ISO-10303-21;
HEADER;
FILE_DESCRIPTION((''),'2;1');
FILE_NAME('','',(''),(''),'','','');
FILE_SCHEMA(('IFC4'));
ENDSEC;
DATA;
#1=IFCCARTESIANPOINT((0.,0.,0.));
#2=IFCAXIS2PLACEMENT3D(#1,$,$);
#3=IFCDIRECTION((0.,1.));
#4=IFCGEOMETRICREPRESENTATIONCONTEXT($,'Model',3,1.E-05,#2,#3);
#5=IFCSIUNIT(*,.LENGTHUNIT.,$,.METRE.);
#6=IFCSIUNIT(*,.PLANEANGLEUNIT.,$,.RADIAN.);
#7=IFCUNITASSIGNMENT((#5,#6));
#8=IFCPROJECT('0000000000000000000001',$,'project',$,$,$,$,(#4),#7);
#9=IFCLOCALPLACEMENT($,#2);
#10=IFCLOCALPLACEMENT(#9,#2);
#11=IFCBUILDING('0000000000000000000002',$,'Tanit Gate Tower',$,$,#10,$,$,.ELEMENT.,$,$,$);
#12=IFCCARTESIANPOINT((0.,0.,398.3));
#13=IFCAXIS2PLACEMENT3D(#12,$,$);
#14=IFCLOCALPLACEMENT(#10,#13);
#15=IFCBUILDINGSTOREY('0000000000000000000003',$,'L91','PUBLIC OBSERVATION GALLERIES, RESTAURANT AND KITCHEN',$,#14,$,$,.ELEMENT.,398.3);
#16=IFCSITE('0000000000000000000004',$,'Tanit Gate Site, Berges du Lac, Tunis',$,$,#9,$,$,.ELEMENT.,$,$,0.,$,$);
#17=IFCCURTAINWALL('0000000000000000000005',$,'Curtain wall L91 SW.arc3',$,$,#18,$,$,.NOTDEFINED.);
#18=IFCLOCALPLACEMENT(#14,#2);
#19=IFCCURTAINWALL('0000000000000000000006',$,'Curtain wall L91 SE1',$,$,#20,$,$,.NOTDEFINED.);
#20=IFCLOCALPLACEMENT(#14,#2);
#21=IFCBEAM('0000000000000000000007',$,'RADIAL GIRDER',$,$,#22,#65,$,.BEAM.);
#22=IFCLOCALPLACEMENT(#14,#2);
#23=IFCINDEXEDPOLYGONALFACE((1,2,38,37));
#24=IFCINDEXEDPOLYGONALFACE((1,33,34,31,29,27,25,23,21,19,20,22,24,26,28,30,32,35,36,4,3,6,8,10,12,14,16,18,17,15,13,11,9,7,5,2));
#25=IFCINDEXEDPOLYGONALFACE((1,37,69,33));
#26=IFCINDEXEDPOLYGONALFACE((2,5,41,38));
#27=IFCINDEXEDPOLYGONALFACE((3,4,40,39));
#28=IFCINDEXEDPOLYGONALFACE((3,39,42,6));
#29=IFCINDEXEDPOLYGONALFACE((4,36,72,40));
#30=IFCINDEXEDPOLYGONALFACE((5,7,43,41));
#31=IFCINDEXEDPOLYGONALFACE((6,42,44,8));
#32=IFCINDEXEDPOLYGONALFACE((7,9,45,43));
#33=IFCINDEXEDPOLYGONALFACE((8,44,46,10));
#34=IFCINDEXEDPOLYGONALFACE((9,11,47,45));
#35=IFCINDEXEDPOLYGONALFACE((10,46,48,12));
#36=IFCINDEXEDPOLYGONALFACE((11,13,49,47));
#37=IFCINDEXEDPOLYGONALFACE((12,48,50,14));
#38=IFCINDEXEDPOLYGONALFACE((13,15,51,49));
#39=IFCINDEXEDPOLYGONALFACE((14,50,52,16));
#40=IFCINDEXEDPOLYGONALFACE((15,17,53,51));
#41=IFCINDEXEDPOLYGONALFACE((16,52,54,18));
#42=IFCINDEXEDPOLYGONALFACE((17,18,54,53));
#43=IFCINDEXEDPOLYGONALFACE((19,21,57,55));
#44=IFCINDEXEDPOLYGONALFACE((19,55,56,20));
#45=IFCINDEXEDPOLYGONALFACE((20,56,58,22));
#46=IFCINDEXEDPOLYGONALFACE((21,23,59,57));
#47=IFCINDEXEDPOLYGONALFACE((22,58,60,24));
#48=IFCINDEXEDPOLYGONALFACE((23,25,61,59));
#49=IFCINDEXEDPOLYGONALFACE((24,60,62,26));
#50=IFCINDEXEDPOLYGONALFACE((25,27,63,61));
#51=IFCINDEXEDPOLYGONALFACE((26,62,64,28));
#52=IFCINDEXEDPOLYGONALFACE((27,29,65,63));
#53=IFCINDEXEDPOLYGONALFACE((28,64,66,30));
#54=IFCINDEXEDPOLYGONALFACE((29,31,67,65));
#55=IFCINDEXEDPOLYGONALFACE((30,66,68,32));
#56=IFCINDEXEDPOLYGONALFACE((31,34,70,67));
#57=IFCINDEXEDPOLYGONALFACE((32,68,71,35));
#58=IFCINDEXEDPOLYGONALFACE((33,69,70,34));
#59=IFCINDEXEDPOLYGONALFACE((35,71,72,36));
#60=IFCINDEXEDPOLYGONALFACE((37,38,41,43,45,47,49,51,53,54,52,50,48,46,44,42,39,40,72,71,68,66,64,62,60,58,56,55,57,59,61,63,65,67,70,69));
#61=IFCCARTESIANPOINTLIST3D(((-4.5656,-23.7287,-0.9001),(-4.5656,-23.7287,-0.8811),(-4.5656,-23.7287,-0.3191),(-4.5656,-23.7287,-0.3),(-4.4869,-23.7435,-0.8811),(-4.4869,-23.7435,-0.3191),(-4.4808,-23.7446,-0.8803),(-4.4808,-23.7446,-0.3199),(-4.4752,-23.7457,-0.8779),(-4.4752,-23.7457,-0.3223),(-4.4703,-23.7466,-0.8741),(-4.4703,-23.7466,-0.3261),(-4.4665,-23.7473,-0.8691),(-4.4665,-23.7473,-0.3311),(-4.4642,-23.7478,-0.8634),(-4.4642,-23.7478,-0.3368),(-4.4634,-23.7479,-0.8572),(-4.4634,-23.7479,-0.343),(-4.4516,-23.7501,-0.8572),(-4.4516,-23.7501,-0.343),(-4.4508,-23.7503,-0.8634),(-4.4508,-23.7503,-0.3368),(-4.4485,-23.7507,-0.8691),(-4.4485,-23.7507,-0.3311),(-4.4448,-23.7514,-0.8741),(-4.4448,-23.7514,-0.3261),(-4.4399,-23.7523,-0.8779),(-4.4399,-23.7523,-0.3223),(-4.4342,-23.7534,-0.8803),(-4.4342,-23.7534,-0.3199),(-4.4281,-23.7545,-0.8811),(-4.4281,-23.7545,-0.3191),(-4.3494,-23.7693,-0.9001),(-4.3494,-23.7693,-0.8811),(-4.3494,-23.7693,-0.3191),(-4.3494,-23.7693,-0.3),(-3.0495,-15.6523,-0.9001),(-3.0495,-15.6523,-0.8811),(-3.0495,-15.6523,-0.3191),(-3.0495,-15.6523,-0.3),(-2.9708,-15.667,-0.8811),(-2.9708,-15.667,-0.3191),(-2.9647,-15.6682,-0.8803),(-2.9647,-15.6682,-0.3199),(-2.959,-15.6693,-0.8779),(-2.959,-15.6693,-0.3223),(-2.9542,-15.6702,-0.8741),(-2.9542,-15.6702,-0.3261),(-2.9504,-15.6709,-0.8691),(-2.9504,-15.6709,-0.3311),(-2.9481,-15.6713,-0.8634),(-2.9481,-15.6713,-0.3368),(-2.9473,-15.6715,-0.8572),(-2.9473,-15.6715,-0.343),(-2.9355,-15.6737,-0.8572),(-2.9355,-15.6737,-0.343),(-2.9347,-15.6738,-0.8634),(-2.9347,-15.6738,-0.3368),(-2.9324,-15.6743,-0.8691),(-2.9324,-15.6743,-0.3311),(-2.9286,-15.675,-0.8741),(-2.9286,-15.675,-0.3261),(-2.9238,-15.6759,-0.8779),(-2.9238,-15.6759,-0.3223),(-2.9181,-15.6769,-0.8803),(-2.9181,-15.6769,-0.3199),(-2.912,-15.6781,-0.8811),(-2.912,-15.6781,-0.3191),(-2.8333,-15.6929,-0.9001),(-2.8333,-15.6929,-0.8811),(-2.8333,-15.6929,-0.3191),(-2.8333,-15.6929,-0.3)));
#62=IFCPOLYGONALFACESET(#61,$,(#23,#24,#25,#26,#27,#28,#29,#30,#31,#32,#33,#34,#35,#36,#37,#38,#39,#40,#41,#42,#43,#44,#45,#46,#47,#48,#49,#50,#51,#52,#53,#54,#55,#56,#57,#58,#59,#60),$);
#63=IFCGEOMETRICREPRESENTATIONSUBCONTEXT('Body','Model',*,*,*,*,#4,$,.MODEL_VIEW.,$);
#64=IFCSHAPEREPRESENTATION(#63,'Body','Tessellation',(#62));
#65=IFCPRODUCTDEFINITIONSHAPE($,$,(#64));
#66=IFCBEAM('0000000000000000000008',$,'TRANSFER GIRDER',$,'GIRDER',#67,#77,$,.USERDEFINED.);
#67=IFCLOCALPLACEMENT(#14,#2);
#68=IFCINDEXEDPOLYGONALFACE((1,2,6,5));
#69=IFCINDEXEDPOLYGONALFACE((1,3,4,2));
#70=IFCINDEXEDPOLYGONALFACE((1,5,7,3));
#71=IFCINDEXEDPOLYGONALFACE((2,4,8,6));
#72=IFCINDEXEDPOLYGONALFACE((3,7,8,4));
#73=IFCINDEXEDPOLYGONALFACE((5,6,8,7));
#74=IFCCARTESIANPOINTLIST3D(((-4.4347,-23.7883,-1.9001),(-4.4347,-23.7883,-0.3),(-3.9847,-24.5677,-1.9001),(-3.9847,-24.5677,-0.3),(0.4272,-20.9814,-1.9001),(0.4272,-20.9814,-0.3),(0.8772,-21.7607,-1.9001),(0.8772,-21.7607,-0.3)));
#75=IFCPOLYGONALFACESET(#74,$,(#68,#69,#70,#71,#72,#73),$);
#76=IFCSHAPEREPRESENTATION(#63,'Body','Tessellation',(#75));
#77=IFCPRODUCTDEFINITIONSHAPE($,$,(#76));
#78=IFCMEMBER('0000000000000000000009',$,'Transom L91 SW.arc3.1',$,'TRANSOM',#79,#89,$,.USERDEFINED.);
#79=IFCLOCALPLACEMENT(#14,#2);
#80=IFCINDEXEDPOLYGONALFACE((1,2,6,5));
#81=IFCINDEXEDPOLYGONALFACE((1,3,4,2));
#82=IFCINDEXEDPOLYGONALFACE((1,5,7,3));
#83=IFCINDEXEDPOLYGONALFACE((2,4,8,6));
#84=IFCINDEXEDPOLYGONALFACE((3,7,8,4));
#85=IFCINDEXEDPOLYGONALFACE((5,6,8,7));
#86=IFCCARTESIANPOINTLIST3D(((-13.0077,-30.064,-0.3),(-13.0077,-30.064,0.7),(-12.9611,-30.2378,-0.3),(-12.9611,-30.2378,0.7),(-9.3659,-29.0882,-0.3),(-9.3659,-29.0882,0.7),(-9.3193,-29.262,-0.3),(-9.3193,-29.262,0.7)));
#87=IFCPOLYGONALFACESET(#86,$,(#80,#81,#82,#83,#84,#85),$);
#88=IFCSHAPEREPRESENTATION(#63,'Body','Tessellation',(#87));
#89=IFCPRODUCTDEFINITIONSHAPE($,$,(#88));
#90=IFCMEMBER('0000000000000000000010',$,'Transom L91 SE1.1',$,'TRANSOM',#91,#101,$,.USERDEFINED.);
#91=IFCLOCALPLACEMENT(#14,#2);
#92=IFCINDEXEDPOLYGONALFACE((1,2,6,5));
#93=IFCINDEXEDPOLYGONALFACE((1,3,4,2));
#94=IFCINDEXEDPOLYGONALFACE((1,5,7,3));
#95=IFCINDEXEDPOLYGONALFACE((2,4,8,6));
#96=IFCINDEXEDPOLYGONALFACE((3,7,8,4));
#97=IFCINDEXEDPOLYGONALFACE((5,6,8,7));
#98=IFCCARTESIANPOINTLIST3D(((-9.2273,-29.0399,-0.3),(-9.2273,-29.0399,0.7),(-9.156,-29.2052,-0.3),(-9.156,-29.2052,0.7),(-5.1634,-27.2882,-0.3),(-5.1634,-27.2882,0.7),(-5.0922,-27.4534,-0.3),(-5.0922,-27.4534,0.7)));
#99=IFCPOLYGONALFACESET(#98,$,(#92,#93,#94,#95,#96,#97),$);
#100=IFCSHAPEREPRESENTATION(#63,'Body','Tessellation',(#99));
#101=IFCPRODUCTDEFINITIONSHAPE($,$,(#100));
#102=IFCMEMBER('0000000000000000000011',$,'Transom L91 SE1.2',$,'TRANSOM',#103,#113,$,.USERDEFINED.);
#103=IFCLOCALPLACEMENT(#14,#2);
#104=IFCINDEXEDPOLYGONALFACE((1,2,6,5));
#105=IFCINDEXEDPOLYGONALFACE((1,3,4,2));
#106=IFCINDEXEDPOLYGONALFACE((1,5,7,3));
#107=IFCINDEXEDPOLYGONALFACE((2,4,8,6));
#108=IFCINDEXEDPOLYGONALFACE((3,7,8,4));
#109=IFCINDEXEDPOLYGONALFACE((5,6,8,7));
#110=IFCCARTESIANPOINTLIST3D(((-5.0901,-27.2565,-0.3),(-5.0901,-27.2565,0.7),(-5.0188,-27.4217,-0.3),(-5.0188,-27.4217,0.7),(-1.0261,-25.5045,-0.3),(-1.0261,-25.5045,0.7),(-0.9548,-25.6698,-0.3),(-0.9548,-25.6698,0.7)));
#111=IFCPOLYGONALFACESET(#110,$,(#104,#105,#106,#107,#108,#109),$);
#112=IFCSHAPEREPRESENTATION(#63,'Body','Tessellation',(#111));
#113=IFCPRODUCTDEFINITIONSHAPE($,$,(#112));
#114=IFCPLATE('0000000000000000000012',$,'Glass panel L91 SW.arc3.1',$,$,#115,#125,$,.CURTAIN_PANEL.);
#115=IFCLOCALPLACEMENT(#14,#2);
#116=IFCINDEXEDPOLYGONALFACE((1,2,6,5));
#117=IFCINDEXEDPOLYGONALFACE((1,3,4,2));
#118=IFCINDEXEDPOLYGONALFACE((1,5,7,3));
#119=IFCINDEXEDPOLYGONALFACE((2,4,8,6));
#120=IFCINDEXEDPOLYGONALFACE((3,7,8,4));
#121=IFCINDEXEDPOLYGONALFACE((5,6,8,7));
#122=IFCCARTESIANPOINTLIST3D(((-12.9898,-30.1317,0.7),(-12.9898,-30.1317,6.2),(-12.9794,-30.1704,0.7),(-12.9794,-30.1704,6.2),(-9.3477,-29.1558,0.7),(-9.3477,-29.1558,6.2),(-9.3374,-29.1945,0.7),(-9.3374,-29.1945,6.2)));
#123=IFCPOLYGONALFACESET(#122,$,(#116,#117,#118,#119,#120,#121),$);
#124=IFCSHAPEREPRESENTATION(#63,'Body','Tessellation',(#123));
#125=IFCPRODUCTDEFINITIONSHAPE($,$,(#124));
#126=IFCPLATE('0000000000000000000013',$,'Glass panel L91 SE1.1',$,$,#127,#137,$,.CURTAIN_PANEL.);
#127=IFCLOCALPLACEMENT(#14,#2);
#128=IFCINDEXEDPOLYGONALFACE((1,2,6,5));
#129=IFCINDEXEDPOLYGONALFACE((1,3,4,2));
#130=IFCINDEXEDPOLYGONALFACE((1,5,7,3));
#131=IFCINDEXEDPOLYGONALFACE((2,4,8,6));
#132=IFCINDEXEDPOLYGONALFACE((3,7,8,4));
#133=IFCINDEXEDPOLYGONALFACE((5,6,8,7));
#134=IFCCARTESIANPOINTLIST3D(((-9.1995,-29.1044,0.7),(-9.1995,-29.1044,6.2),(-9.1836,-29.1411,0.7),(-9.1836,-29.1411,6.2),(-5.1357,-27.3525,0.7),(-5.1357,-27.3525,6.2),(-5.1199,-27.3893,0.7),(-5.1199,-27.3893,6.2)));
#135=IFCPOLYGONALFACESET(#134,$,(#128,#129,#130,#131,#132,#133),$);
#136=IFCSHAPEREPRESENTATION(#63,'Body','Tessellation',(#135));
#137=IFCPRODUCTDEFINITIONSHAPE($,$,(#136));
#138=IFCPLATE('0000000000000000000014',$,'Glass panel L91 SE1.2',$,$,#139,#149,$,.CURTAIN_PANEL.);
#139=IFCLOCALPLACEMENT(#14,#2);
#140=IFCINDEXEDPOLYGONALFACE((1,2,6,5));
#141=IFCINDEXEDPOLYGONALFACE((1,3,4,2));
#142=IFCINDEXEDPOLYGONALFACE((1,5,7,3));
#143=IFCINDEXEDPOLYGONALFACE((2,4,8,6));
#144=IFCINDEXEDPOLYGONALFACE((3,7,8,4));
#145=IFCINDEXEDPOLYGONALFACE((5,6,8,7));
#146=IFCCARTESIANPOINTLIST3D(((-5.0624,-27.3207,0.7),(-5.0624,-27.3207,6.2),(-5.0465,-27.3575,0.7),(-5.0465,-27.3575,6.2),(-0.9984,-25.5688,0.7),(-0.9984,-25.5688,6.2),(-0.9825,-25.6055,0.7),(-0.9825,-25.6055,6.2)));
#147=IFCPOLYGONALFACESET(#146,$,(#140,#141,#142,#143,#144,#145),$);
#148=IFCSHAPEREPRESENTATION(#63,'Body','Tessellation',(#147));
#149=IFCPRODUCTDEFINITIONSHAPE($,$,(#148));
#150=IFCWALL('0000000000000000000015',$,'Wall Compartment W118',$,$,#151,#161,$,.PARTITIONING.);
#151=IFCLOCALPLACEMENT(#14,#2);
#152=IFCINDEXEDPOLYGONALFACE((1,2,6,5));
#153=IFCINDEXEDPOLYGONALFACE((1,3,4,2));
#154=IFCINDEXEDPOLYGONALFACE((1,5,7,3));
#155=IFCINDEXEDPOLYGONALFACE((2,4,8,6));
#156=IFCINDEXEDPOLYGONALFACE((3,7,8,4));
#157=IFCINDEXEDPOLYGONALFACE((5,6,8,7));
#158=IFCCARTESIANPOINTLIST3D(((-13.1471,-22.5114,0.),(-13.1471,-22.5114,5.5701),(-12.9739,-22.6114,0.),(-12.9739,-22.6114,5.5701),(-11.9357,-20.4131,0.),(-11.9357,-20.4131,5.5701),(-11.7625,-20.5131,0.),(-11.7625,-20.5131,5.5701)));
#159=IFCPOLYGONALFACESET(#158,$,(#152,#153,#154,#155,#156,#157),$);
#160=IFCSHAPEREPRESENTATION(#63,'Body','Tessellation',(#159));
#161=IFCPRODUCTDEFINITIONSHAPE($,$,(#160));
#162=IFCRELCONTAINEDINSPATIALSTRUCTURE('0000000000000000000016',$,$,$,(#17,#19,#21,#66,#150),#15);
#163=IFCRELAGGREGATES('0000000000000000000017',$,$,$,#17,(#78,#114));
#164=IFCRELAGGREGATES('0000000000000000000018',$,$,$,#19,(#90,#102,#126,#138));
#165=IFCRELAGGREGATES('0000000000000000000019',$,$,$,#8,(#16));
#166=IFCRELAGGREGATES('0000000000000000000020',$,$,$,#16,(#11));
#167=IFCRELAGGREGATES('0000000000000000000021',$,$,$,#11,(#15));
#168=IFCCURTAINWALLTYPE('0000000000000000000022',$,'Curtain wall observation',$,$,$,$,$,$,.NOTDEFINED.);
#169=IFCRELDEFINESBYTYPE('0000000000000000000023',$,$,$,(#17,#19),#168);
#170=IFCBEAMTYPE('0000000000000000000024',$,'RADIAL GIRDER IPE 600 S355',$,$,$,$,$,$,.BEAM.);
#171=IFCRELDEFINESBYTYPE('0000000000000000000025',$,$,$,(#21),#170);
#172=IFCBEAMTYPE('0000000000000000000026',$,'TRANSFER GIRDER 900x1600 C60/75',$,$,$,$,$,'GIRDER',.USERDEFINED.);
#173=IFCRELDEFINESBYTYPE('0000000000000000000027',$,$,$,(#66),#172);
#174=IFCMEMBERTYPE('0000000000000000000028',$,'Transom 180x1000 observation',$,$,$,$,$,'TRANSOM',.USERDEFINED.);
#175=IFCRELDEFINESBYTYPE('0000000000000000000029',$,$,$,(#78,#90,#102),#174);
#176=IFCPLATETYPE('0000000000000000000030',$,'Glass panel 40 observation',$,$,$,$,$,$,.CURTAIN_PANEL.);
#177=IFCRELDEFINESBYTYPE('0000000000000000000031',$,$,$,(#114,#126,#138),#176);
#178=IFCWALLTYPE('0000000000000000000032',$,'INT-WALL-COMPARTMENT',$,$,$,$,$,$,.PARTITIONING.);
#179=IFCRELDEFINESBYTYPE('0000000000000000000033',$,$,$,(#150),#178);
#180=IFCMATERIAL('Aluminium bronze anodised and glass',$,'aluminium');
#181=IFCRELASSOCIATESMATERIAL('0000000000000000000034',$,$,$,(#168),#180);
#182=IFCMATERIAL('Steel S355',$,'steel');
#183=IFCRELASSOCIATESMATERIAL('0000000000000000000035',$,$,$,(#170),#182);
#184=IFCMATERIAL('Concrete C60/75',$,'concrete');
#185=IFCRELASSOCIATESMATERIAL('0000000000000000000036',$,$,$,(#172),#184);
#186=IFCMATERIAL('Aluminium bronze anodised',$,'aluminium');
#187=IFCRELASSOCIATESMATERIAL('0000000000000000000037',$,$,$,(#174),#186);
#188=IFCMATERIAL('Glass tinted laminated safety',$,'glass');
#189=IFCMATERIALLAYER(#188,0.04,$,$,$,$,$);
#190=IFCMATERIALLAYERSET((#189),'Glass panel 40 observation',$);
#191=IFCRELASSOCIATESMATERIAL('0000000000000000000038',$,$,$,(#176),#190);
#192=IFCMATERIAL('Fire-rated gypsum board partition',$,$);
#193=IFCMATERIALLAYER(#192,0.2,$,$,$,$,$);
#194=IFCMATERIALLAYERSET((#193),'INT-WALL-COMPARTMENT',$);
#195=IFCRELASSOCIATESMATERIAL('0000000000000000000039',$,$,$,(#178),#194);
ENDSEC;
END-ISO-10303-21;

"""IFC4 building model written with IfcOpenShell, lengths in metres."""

from ifc_helpers import new_model, si_unit, direction, frame, frame_2d, origin, origin_2d, place, context, subcontext, project, spatial, rectangle, i_section, extrude, material, layer, layer_set, material_profile, profile_set, type_object, element, aggregate, save


model = new_model("IFC4")

# Units and contexts
model_context = context("Model", 3, precision=1e-05, world=origin(), true_north=direction((0.0, 1.0)))
body_context = subcontext(model_context, "Body", "Model", "MODEL_VIEW")
ifc_project = project(units=[si_unit("LENGTHUNIT", "METRE"), si_unit("PLANEANGLEUNIT", "RADIAN")], contexts=[model_context])

# Site, building, storey
site_placement = place(None, origin())
site = spatial("IfcSite", under=ifc_project, at=site_placement, Name="Tanit Gate Site, Berges du Lac, Tunis", CompositionType="ELEMENT", RefElevation=0.0)
building_placement = place(site_placement, origin())
building = spatial("IfcBuilding", under=site, at=building_placement, Name="Tanit Gate Tower", CompositionType="ELEMENT")
storey_placement = place(building_placement, frame((0.0, 0.0, 398.3)))
storey = spatial("IfcBuildingStorey", under=building, at=storey_placement, Name="L91", Description="PUBLIC OBSERVATION GALLERIES, RESTAURANT AND KITCHEN", CompositionType="ELEMENT", Elevation=398.3)

# Shared definitions
ifc_material_1 = material(Name="Aluminium bronze anodised and glass", Category="aluminium")
curtain_wall_type = type_object("IfcCurtainWallType", Name="Curtain wall observation", PredefinedType="NOTDEFINED", material=ifc_material_1)

# Curtain walls
curtain_wall_1_placement = place(storey_placement, origin())
curtain_wall_1 = element("IfcCurtainWall", 1, at=curtain_wall_1_placement, inside=storey, type_object=curtain_wall_type, Name="Curtain wall L91 SW.arc3", PredefinedType="NOTDEFINED")
curtain_wall_2_placement = place(storey_placement, origin())
curtain_wall_2 = element("IfcCurtainWall", 2, at=curtain_wall_2_placement, inside=storey, type_object=curtain_wall_type, Name="Curtain wall L91 SE1", PredefinedType="NOTDEFINED")

# Beams
ifc_material_2 = material(Name="Steel S355", Category="steel")
ifc_material_profile_1 = material_profile(ifc_material_2, i_section(OverallWidth=0.22, OverallDepth=0.6001, WebThickness=0.012, FlangeThickness=0.019, FilletRadius=0.0239, at=origin_2d()), Name="IPE 600")
ifc_profile_set_1 = profile_set([ifc_material_profile_1], Name="Steel S355")
beam_type_1 = type_object("IfcBeamType", Name="RADIAL GIRDER IPE 600 S355", PredefinedType="BEAM", material=ifc_profile_set_1)
beam_1_placement = place(storey_placement, frame((-4.4575, -23.749, -0.6001), z_axis=(0.184498, 0.982833, 0.0), x_axis=(-0.982833, 0.184498, 0.0)))
element("IfcBeam", 3, at=beam_1_placement, inside=storey, type_object=beam_type_1, Name="RADIAL GIRDER", PredefinedType="BEAM", context=body_context, shape_type="SweptSolid", body=[
    extrude(i_section(OverallWidth=0.22, OverallDepth=0.6001, WebThickness=0.012, FlangeThickness=0.019, FilletRadius=0.0239, at=origin_2d()), origin(), (0.0, 0.0, 1.0), 8.2175),
])
ifc_material_3 = material(Name="Concrete C60/75", Category="concrete")
ifc_material_profile_2 = material_profile(ifc_material_3, rectangle(XDim=0.8999, YDim=1.6001, at=origin_2d()), Name="RC 900x1600")
ifc_profile_set_2 = profile_set([ifc_material_profile_2], Name="Concrete C60/75")
beam_type_2 = type_object("IfcBeamType", Name="TRANSFER GIRDER 900x1600 C60/75", ElementType="GIRDER", PredefinedType="USERDEFINED", material=ifc_profile_set_2)
beam_2_placement = place(storey_placement, frame((-4.2097, -24.178, -1.1001), z_axis=(0.866032, 0.499988, 0.0), x_axis=(-0.499988, 0.866032, 0.0)))
element("IfcBeam", 4, at=beam_2_placement, inside=storey, type_object=beam_type_2, Name="TRANSFER GIRDER", ObjectType="GIRDER", PredefinedType="USERDEFINED", context=body_context, shape_type="SweptSolid", body=[
    extrude(rectangle(XDim=0.8999, YDim=1.6001, at=origin_2d()), origin(), (0.0, 0.0, 1.0), 5.614),
])

# Members
ifc_material_4 = material(Name="Aluminium bronze anodised", Category="aluminium")
ifc_material_profile_3 = material_profile(ifc_material_4, rectangle(XDim=0.1799, YDim=1.0, at=origin_2d()), Name="180x1000 bronze transom")
ifc_profile_set_3 = profile_set([ifc_material_profile_3], Name="Aluminium bronze anodised")
member_type_1 = type_object("IfcMemberType", Name="Transom 180x1000 observation", ElementType="TRANSOM", PredefinedType="USERDEFINED", material=ifc_profile_set_3)
member_1_placement = place(storey_placement, frame((-12.9844, -30.1509, 0.2), z_axis=(0.965926, 0.258819, 0.0), x_axis=(-0.258819, 0.965926, 0.0)))
member_1 = element("IfcMember", 5, at=member_1_placement, type_object=member_type_1, Name="Transom L91 SW.arc3.1", ObjectType="TRANSOM", PredefinedType="USERDEFINED", context=body_context, shape_type="SweptSolid", body=[
    extrude(rectangle(XDim=0.1799, YDim=1.0, at=origin_2d()), origin(), (0.0, 0.0, 1.0), 3.7703),
])
member_2_placement = place(storey_placement, frame((-9.1917, -29.1226, 0.2), z_axis=(0.918315, 0.395849, 0.0), x_axis=(-0.395849, 0.918315, 0.0)))
member_2 = element("IfcMember", 6, at=member_2_placement, type_object=member_type_1, Name="Transom L91 SE1.1", ObjectType="TRANSOM", PredefinedType="USERDEFINED", context=body_context, shape_type="SweptSolid", body=[
    extrude(rectangle(XDim=0.1799, YDim=1.0, at=origin_2d()), origin(), (0.0, 0.0, 1.0), 4.4253),
])
member_3_placement = place(storey_placement, frame((-5.0544, -27.3391, 0.2), z_axis=(0.918304, 0.395876, 0.0), x_axis=(-0.395876, 0.918304, 0.0)))
member_3 = element("IfcMember", 7, at=member_3_placement, type_object=member_type_1, Name="Transom L91 SE1.2", ObjectType="TRANSOM", PredefinedType="USERDEFINED", context=body_context, shape_type="SweptSolid", body=[
    extrude(rectangle(XDim=0.1799, YDim=1.0, at=origin_2d()), origin(), (0.0, 0.0, 1.0), 4.4255),
])

# Plates
ifc_material_5 = material(Name="Glass tinted laminated safety", Category="glass")
ifc_layer_1 = layer(ifc_material_5, 0.04)
ifc_layer_set_1 = layer_set([ifc_layer_1], Name="Glass panel 40 observation")
plate_type = type_object("IfcPlateType", Name="Glass panel 40 observation", PredefinedType="CURTAIN_PANEL", material=ifc_layer_set_1)
plate_1_placement = place(storey_placement, frame((-11.1636, -29.6631, 0.7), z_axis=(0.0, 0.0, 1.0), x_axis=(0.965926, 0.258819, 0.0)))
plate_1 = element("IfcPlate", 8, at=plate_1_placement, type_object=plate_type, Name="Glass panel L91 SW.arc3.1", PredefinedType="CURTAIN_PANEL", context=body_context, shape_type="SweptSolid", body=[
    extrude(rectangle(XDim=3.7705, YDim=0.04, at=origin_2d()), origin(), (0.0, 0.0, 1.0), 5.5),
])
aggregate(curtain_wall_1, [member_1, plate_1])
plate_2_placement = place(storey_placement, frame((-7.1597, -28.2468, 0.7), z_axis=(0.0, 0.0, 1.0), x_axis=(0.918306, 0.395871, 0.0)))
plate_2 = element("IfcPlate", 9, at=plate_2_placement, type_object=plate_type, Name="Glass panel L91 SE1.1", PredefinedType="CURTAIN_PANEL", context=body_context, shape_type="SweptSolid", body=[
    extrude(rectangle(XDim=4.4253, YDim=0.04, at=origin_2d()), origin(), (0.0, 0.0, 1.0), 5.5),
])
plate_3_placement = place(storey_placement, frame((-3.0225, -26.4631, 0.7), z_axis=(0.0, 0.0, 1.0), x_axis=(0.918306, 0.395871, 0.0)))
plate_3 = element("IfcPlate", 10, at=plate_3_placement, type_object=plate_type, Name="Glass panel L91 SE1.2", PredefinedType="CURTAIN_PANEL", context=body_context, shape_type="SweptSolid", body=[
    extrude(rectangle(XDim=4.4255, YDim=0.04, at=origin_2d()), origin(), (0.0, 0.0, 1.0), 5.5),
])
aggregate(curtain_wall_2, [member_2, member_3, plate_2, plate_3])

# Wall
ifc_material_6 = material(Name="Fire-rated gypsum board partition")
ifc_layer_2 = layer(ifc_material_6, 0.2)
ifc_layer_set_2 = layer_set([ifc_layer_2], Name="INT-WALL-COMPARTMENT")
wall_type_1 = type_object("IfcWallType", Name="INT-WALL-COMPARTMENT", PredefinedType="PARTITIONING", material=ifc_layer_set_2)
wall_1_placement = place(storey_placement, frame((-11.8491, -20.4631, 0.0), z_axis=(0.0, 0.0, 1.0), x_axis=(-0.499975, -0.86604, 0.0)))
element("IfcWall", 11, at=wall_1_placement, inside=storey, type_object=wall_type_1, Name="Wall Compartment W118", PredefinedType="PARTITIONING", context=body_context, shape_type="SweptSolid", body=[
    extrude(rectangle(XDim=2.4229, YDim=0.2, at=frame_2d((1.2114, 0.0))), origin(), (0.0, 0.0, 1.0), 5.5701),
])

save(model, "model.ifc")
